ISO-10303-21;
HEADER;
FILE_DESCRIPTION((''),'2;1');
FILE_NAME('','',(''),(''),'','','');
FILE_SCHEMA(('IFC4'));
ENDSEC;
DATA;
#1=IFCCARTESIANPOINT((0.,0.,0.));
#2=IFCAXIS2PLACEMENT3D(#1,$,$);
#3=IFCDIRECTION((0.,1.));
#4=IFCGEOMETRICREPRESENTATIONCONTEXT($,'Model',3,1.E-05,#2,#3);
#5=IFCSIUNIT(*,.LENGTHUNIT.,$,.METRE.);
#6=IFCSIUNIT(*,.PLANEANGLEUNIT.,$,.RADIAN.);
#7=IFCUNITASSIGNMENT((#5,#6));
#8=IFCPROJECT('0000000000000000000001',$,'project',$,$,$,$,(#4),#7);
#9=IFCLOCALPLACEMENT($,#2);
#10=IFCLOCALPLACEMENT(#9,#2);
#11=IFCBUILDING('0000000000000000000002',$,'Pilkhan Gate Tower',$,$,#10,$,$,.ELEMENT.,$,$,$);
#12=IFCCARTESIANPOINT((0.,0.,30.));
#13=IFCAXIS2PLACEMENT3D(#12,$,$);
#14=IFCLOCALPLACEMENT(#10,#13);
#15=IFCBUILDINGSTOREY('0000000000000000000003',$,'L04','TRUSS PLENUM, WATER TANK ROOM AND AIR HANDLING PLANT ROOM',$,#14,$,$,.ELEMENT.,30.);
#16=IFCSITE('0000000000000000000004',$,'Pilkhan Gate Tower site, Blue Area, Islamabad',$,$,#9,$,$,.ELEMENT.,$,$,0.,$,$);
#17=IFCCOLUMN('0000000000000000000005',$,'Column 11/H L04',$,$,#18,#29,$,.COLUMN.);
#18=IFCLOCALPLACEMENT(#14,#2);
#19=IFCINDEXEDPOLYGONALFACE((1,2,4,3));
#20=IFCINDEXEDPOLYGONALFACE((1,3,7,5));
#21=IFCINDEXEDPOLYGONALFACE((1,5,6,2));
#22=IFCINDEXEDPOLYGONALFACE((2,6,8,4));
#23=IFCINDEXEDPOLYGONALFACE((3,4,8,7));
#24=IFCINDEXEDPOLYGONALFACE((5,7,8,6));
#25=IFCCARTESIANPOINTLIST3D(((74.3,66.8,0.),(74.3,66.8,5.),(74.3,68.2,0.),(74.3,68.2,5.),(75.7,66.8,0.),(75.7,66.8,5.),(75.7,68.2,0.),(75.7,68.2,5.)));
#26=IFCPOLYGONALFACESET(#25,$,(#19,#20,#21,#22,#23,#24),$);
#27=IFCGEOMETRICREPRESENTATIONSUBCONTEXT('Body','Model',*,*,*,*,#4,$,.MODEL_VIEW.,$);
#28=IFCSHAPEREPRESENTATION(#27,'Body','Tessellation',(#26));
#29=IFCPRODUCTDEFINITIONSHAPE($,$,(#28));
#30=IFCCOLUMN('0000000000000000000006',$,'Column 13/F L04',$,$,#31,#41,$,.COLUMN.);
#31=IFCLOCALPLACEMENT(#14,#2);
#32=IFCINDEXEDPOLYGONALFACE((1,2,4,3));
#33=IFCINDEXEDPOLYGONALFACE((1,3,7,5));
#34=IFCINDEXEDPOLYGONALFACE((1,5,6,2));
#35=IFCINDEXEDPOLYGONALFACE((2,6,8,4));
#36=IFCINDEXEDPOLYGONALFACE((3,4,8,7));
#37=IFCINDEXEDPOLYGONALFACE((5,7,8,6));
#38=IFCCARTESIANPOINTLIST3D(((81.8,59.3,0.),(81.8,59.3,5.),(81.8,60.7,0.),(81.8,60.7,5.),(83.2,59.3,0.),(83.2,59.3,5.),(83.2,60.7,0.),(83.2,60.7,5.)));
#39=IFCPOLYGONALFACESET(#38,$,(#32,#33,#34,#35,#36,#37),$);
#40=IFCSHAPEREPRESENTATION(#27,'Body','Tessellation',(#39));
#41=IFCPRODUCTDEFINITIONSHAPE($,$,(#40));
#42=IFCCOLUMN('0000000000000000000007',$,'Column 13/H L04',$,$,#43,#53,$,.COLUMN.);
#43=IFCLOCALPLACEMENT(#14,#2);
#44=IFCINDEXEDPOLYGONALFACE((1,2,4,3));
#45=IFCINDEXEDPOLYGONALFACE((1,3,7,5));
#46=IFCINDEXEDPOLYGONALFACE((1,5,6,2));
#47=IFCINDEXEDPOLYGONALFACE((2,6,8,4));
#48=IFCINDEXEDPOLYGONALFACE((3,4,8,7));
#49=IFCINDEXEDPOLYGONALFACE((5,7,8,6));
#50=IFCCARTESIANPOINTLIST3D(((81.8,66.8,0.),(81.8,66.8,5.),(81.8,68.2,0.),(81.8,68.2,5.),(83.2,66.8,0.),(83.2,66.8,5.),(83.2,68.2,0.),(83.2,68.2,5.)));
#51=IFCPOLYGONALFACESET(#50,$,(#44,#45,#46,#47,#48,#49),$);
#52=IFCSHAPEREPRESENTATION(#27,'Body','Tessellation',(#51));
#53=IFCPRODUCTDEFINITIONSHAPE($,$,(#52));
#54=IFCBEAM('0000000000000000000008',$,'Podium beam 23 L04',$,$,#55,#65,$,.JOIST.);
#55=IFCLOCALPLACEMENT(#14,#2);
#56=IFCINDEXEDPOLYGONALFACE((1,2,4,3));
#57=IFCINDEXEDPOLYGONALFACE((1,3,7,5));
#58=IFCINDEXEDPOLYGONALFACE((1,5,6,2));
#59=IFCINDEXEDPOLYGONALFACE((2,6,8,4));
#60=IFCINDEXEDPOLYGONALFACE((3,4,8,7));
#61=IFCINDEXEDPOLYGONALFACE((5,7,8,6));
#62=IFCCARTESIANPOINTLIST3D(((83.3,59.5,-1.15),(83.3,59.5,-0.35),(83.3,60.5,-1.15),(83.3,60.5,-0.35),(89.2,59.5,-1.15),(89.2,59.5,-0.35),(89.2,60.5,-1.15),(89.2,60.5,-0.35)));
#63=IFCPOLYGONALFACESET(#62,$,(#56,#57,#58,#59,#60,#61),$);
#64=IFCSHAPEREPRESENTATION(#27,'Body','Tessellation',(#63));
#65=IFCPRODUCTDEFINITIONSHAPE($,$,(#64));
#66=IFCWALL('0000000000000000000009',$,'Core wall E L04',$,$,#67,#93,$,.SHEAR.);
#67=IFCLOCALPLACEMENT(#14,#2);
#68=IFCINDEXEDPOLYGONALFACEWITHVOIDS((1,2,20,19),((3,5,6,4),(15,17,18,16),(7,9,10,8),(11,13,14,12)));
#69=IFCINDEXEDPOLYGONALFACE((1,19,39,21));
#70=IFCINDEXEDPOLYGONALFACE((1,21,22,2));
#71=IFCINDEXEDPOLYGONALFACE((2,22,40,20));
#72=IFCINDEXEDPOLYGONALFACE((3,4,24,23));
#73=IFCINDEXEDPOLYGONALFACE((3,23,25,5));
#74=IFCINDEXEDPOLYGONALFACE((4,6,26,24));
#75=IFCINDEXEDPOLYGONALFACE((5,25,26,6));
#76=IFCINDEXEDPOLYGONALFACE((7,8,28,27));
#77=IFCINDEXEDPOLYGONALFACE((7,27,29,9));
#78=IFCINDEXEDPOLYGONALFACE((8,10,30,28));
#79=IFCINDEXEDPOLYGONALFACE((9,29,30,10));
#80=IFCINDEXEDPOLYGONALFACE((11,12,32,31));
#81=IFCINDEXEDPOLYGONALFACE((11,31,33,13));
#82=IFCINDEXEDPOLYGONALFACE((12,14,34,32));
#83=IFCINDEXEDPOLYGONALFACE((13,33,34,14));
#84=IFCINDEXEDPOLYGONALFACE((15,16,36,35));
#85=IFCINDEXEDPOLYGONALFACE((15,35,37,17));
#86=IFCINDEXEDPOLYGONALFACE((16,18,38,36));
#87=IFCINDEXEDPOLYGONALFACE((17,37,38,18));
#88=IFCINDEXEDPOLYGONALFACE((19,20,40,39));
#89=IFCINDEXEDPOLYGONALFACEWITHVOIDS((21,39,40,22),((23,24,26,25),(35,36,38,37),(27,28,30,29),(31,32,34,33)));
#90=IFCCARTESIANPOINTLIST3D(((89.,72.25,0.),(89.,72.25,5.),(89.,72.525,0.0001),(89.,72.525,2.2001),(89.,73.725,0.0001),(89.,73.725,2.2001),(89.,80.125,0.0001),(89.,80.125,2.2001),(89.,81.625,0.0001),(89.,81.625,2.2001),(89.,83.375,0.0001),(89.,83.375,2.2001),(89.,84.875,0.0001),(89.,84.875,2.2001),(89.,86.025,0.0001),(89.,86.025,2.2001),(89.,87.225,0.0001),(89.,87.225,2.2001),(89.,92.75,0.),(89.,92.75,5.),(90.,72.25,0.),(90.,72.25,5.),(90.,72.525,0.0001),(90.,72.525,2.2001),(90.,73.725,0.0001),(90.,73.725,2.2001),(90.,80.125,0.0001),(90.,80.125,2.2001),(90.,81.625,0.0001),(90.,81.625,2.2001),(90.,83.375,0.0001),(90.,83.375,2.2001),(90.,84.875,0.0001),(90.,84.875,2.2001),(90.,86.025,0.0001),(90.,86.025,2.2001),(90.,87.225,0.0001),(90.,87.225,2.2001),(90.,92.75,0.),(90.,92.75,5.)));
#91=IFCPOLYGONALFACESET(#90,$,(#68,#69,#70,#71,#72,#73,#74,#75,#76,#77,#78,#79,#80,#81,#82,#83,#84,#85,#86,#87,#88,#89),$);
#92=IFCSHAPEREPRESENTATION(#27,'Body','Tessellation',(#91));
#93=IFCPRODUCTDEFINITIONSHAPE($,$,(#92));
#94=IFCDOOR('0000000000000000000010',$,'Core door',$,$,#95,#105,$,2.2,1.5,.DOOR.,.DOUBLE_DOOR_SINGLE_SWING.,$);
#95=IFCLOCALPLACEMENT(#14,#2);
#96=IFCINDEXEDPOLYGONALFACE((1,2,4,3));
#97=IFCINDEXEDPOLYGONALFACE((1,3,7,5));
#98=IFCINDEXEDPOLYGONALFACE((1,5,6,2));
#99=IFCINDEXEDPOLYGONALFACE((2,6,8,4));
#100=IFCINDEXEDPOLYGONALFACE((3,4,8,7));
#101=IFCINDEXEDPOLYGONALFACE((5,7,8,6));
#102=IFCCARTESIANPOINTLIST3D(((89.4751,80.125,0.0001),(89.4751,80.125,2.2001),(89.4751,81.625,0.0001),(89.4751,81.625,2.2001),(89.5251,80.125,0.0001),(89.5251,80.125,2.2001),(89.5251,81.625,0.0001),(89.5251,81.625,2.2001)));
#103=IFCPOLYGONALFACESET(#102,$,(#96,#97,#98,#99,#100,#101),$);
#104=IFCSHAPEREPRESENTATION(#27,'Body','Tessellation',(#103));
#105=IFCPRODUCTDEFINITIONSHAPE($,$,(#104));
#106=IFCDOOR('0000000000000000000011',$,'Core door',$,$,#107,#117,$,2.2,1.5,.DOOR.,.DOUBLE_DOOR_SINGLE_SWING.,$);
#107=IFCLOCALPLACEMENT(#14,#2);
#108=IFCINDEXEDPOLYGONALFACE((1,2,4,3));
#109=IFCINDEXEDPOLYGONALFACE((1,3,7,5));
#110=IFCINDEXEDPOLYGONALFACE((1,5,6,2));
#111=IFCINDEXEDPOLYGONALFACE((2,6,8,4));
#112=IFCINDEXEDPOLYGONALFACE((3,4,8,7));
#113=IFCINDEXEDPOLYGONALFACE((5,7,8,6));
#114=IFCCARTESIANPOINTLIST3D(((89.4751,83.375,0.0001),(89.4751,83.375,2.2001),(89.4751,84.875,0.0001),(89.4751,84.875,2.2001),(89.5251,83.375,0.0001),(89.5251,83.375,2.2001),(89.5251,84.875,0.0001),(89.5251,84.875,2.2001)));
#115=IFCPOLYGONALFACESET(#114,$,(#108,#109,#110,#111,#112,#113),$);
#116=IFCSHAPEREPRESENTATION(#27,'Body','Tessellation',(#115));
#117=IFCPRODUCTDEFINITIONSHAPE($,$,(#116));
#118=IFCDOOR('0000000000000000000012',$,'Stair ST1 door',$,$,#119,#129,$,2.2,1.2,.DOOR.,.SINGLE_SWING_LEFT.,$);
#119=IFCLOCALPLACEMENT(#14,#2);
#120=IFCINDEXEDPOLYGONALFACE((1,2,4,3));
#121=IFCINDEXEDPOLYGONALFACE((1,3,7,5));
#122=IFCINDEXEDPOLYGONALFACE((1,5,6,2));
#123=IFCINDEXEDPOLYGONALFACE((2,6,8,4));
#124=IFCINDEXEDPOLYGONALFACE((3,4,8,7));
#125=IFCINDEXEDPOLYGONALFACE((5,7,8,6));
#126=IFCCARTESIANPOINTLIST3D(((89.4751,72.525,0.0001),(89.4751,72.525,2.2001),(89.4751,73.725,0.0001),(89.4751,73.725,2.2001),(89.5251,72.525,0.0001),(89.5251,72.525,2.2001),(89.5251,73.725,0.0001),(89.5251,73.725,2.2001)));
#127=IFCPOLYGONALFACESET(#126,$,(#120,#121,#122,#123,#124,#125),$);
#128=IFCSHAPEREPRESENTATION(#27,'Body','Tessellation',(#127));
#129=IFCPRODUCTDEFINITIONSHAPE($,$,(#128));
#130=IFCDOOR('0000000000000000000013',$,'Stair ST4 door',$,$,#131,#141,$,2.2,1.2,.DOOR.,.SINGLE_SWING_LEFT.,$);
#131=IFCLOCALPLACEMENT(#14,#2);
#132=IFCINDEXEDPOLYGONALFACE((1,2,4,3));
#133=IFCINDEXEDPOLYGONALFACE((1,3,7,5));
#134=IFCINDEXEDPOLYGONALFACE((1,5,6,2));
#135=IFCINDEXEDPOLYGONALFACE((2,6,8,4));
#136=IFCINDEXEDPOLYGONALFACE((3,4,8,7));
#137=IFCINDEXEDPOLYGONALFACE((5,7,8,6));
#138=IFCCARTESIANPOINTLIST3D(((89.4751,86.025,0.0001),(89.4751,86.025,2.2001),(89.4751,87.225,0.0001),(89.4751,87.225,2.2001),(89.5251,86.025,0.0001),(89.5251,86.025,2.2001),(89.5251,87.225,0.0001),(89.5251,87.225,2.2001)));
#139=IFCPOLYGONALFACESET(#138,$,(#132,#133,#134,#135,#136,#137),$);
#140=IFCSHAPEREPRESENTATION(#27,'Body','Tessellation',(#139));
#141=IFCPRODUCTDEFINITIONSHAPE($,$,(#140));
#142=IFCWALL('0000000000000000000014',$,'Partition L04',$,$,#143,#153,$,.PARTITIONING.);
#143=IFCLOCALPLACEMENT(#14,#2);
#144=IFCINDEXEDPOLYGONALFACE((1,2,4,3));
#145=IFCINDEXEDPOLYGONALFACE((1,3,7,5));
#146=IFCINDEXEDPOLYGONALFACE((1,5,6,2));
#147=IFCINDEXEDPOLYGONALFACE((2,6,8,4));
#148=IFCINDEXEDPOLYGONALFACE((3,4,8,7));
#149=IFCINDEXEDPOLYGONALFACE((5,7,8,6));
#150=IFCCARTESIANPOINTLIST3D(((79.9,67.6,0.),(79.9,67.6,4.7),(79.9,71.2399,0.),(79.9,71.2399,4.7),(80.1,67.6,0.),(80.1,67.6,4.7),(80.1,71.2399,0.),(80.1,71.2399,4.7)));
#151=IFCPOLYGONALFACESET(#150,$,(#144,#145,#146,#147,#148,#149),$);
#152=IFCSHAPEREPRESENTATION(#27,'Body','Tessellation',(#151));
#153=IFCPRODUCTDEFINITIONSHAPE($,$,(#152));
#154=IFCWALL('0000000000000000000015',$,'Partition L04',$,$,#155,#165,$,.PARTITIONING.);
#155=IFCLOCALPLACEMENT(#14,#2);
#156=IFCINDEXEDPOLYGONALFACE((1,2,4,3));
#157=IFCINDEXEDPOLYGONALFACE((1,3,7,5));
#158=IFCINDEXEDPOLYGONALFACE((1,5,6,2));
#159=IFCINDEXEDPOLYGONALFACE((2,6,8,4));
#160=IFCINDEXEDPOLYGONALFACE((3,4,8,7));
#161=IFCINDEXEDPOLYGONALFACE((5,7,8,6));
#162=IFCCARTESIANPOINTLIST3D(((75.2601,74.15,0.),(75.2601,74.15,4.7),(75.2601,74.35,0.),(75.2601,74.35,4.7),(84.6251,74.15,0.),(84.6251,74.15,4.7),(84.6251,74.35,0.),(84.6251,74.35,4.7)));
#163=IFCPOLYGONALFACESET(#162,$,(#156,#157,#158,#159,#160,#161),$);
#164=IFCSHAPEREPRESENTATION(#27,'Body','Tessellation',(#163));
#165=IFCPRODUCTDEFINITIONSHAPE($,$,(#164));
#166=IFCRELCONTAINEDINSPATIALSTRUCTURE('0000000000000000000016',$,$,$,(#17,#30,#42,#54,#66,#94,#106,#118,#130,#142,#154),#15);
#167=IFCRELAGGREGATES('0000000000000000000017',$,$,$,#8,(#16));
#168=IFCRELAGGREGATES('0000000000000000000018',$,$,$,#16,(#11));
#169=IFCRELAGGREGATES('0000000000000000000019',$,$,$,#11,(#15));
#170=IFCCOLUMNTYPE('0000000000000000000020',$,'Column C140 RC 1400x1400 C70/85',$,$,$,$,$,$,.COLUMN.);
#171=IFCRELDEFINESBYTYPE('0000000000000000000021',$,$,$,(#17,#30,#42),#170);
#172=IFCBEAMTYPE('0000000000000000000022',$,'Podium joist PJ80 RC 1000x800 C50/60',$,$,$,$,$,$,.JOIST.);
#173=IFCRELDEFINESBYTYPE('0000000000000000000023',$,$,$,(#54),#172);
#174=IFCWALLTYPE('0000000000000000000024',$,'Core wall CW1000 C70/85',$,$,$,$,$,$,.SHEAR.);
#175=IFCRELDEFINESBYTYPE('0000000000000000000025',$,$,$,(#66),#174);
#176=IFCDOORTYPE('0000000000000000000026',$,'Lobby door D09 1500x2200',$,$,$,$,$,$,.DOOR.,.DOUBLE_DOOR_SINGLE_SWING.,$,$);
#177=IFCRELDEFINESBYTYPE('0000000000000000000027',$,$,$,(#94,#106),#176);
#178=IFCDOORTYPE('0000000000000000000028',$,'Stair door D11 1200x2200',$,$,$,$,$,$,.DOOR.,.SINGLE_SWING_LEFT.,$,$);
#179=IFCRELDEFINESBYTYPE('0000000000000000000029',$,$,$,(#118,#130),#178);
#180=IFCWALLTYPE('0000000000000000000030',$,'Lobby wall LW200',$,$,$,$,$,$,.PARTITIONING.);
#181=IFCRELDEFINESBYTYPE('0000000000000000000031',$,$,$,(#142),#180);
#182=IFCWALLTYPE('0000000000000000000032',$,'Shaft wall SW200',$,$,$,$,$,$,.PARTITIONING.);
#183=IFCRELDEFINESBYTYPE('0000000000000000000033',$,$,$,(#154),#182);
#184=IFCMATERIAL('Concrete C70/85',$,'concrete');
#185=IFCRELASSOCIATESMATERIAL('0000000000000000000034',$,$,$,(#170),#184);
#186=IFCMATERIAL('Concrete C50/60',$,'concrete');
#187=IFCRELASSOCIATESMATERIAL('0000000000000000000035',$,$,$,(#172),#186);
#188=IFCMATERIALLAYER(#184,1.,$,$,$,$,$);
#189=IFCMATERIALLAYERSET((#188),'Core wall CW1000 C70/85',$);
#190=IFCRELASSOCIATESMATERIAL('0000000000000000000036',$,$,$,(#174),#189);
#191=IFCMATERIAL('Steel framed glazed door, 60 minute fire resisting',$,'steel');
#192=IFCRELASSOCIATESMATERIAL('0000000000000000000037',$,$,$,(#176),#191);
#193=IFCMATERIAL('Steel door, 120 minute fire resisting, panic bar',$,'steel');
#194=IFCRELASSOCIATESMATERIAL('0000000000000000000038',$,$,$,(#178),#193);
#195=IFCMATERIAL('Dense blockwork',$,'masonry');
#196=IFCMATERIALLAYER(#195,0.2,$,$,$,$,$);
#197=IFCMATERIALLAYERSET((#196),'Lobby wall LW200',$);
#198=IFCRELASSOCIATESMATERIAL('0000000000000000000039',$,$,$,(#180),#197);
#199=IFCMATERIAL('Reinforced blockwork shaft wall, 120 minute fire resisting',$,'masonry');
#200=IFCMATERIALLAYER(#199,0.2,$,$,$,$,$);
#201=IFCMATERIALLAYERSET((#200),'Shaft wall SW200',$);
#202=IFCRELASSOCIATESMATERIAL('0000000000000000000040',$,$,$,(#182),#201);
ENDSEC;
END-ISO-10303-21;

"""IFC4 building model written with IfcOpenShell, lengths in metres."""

from ifc_helpers import new_model, si_unit, direction, frame, frame_2d, origin, origin_2d, place, context, subcontext, project, spatial, rectangle, extrude, material, layer, layer_set, material_profile, profile_set, type_object, element, fill, save


model = new_model("IFC4")

# Units and contexts
model_context = context("Model", 3, precision=1e-05, world=origin(), true_north=direction((0.0, 1.0)))
body_context = subcontext(model_context, "Body", "Model", "MODEL_VIEW")
ifc_project = project(units=[si_unit("LENGTHUNIT", "METRE"), si_unit("PLANEANGLEUNIT", "RADIAN")], contexts=[model_context])

# Site, building, storey
site_placement = place(None, origin())
site = spatial("IfcSite", under=ifc_project, at=site_placement, Name="Pilkhan Gate Tower site, Blue Area, Islamabad", CompositionType="ELEMENT", RefElevation=0.0)
building_placement = place(site_placement, origin())
building = spatial("IfcBuilding", under=site, at=building_placement, Name="Pilkhan Gate Tower", CompositionType="ELEMENT")
storey_placement = place(building_placement, frame((0.0, 0.0, 30.0)))
storey = spatial("IfcBuildingStorey", under=building, at=storey_placement, Name="L04", Description="TRUSS PLENUM, WATER TANK ROOM AND AIR HANDLING PLANT ROOM", CompositionType="ELEMENT", Elevation=30.0)

# Columns
ifc_material_1 = material(Name="Concrete C70/85", Category="concrete")
ifc_material_profile_1 = material_profile(ifc_material_1, rectangle(XDim=1.3999, YDim=1.3999, at=origin_2d()), Name="RC 1400x1400")
ifc_profile_set_1 = profile_set([ifc_material_profile_1], Name="Concrete C70/85")
column_type = type_object("IfcColumnType", Name="Column C140 RC 1400x1400 C70/85", PredefinedType="COLUMN", material=ifc_profile_set_1)
for number, where, z_axis, x_axis, name in (
    (1, (75.0, 67.5, 0.0), (0.0, 0.0, 1.0), (1.0, 0.0, 0.0), "Column 11/H L04"),
    (2, (82.5, 60.0, 0.0), (0.0, 0.0, 1.0), (1.0, 0.0, 0.0), "Column 13/F L04"),
    (3, (82.5, 67.5, 0.0), (0.0, 0.0, 1.0), (1.0, 0.0, 0.0), "Column 13/H L04"),
):
    element("IfcColumn", number, at=place(storey_placement, frame(where, z_axis=z_axis, x_axis=x_axis)), inside=storey, type_object=column_type, Name=name, PredefinedType="COLUMN", context=body_context, shape_type="SweptSolid", body=[
        extrude(rectangle(XDim=1.3999, YDim=1.3999, at=origin_2d()), origin(), (0.0, 0.0, 1.0), 5.0),
    ])

# Beam
ifc_material_2 = material(Name="Concrete C50/60", Category="concrete")
ifc_material_profile_2 = material_profile(ifc_material_2, rectangle(XDim=1.0, YDim=0.8, at=origin_2d()), Name="RC 1000x800")
ifc_profile_set_2 = profile_set([ifc_material_profile_2], Name="Concrete C50/60")
beam_type = type_object("IfcBeamType", Name="Podium joist PJ80 RC 1000x800 C50/60", PredefinedType="JOIST", material=ifc_profile_set_2)
beam_placement = place(storey_placement, frame((83.3, 60.0, -0.75), z_axis=(1.0, 0.0, 0.0), x_axis=(0.0, 1.0, 0.0)))
element("IfcBeam", 4, at=beam_placement, inside=storey, type_object=beam_type, Name="Podium beam 23 L04", PredefinedType="JOIST", context=body_context, shape_type="SweptSolid", body=[
    extrude(rectangle(XDim=1.0, YDim=0.8, at=origin_2d()), origin(), (0.0, 0.0, 1.0), 5.8999),
])

# Wall, openings, doors
ifc_layer_1 = layer(ifc_material_1, 1.0)
ifc_layer_set_1 = layer_set([ifc_layer_1], Name="Core wall CW1000 C70/85")
wall_type_1 = type_object("IfcWallType", Name="Core wall CW1000 C70/85", PredefinedType="SHEAR", material=ifc_layer_set_1)
wall_1_placement = place(storey_placement, frame((89.5, 72.25, 0.0), z_axis=(0.0, 0.0, 1.0), x_axis=(0.0, 1.0, 0.0)))
wall_1 = element("IfcWall", 5, at=wall_1_placement, inside=storey, type_object=wall_type_1, Name="Core wall E L04", PredefinedType="SHEAR", context=body_context, shape_type="SweptSolid", body=[
    extrude(rectangle(XDim=20.5, YDim=1.0, at=frame_2d((10.25, 0.0))), origin(), (0.0, 0.0, 1.0), 5.0),
])
opening_1_placement = place(wall_1_placement, frame((0.2749, 0.0, 0.0)))
opening_1 = element("IfcOpeningElement", 6, at=opening_1_placement, cuts=wall_1, PredefinedType="OPENING", context=body_context, shape_type="SweptSolid", body=[
    extrude(rectangle(XDim=1.2, YDim=2.2, at=frame_2d((0.6001, 1.1001))), frame((0.0, 0.51, 0.0), z_axis=(0.0, -1.0, 0.0), x_axis=(1.0, 0.0, 0.0)), (0.0, 0.0, 1.0), 1.02),
])
opening_2_placement = place(wall_1_placement, frame((13.7749, 0.0, 0.0)))
opening_2 = element("IfcOpeningElement", 7, at=opening_2_placement, cuts=wall_1, PredefinedType="OPENING", context=body_context, shape_type="SweptSolid", body=[
    extrude(rectangle(XDim=1.2, YDim=2.2, at=frame_2d((0.6001, 1.1001))), frame((0.0, 0.51, 0.0), z_axis=(0.0, -1.0, 0.0), x_axis=(1.0, 0.0, 0.0)), (0.0, 0.0, 1.0), 1.02),
])
opening_3_placement = place(wall_1_placement, frame((7.875, 0.0, 0.0)))
opening_3 = element("IfcOpeningElement", 8, at=opening_3_placement, cuts=wall_1, PredefinedType="OPENING", context=body_context, shape_type="SweptSolid", body=[
    extrude(rectangle(XDim=1.5, YDim=2.2, at=frame_2d((0.75, 1.1001))), frame((0.0, 0.51, 0.0), z_axis=(0.0, -1.0, 0.0), x_axis=(1.0, 0.0, 0.0)), (0.0, 0.0, 1.0), 1.02),
])
opening_4_placement = place(wall_1_placement, frame((11.125, 0.0, 0.0)))
opening_4 = element("IfcOpeningElement", 9, at=opening_4_placement, cuts=wall_1, PredefinedType="OPENING", context=body_context, shape_type="SweptSolid", body=[
    extrude(rectangle(XDim=1.5, YDim=2.2, at=frame_2d((0.75, 1.1001))), frame((0.0, 0.51, 0.0), z_axis=(0.0, -1.0, 0.0), x_axis=(1.0, 0.0, 0.0)), (0.0, 0.0, 1.0), 1.02),
])
ifc_material_3 = material(Name="Steel framed glazed door, 60 minute fire resisting", Category="steel")
door_type_1 = type_object("IfcDoorType", Name="Lobby door D09 1500x2200", OperationType="DOUBLE_DOOR_SINGLE_SWING", PredefinedType="DOOR", material=ifc_material_3)
door_1_placement = place(opening_3_placement, origin())
door_1 = element("IfcDoor", 10, at=door_1_placement, inside=storey, type_object=door_type_1, Name="Core door", OperationType="DOUBLE_DOOR_SINGLE_SWING", OverallHeight=2.2, OverallWidth=1.5, PredefinedType="DOOR", context=body_context, shape_type="SweptSolid", body=[
    extrude(rectangle(XDim=1.5, YDim=2.2, at=frame_2d((0.75, 1.1001))), frame((0.0, 0.0249, 0.0), z_axis=(0.0, -1.0, 0.0), x_axis=(1.0, 0.0, 0.0)), (0.0, 0.0, 1.0), 0.05),
])
fill(opening_3, door_1)
door_2_placement = place(opening_4_placement, origin())
door_2 = element("IfcDoor", 11, at=door_2_placement, inside=storey, type_object=door_type_1, Name="Core door", OperationType="DOUBLE_DOOR_SINGLE_SWING", OverallHeight=2.2, OverallWidth=1.5, PredefinedType="DOOR", context=body_context, shape_type="SweptSolid", body=[
    extrude(rectangle(XDim=1.5, YDim=2.2, at=frame_2d((0.75, 1.1001))), frame((0.0, 0.0249, 0.0), z_axis=(0.0, -1.0, 0.0), x_axis=(1.0, 0.0, 0.0)), (0.0, 0.0, 1.0), 0.05),
])
fill(opening_4, door_2)
ifc_material_4 = material(Name="Steel door, 120 minute fire resisting, panic bar", Category="steel")
door_type_2 = type_object("IfcDoorType", Name="Stair door D11 1200x2200", OperationType="SINGLE_SWING_LEFT", PredefinedType="DOOR", material=ifc_material_4)
door_3_placement = place(opening_1_placement, origin())
door_3 = element("IfcDoor", 12, at=door_3_placement, inside=storey, type_object=door_type_2, Name="Stair ST1 door", OperationType="SINGLE_SWING_LEFT", OverallHeight=2.2, OverallWidth=1.2, PredefinedType="DOOR", context=body_context, shape_type="SweptSolid", body=[
    extrude(rectangle(XDim=1.2, YDim=2.2, at=frame_2d((0.6001, 1.1001))), frame((0.0, 0.0249, 0.0), z_axis=(0.0, -1.0, 0.0), x_axis=(1.0, 0.0, 0.0)), (0.0, 0.0, 1.0), 0.05),
])
fill(opening_1, door_3)
door_4_placement = place(opening_2_placement, origin())
door_4 = element("IfcDoor", 13, at=door_4_placement, inside=storey, type_object=door_type_2, Name="Stair ST4 door", OperationType="SINGLE_SWING_LEFT", OverallHeight=2.2, OverallWidth=1.2, PredefinedType="DOOR", context=body_context, shape_type="SweptSolid", body=[
    extrude(rectangle(XDim=1.2, YDim=2.2, at=frame_2d((0.6001, 1.1001))), frame((0.0, 0.0249, 0.0), z_axis=(0.0, -1.0, 0.0), x_axis=(1.0, 0.0, 0.0)), (0.0, 0.0, 1.0), 0.05),
])
fill(opening_2, door_4)

# Walls
ifc_material_5 = material(Name="Dense blockwork", Category="masonry")
ifc_layer_2 = layer(ifc_material_5, 0.2)
ifc_layer_set_2 = layer_set([ifc_layer_2], Name="Lobby wall LW200")
wall_type_2 = type_object("IfcWallType", Name="Lobby wall LW200", PredefinedType="PARTITIONING", material=ifc_layer_set_2)
wall_2_placement = place(storey_placement, frame((80.0, 67.6001, 0.0), z_axis=(0.0, 0.0, 1.0), x_axis=(0.0, 1.0, 0.0)))
element("IfcWall", 14, at=wall_2_placement, inside=storey, type_object=wall_type_2, Name="Partition L04", PredefinedType="PARTITIONING", context=body_context, shape_type="SweptSolid", body=[
    extrude(rectangle(XDim=3.6399, YDim=0.2, at=frame_2d((1.8198, 0.0))), origin(), (0.0, 0.0, 1.0), 4.7),
])
ifc_material_6 = material(Name="Reinforced blockwork shaft wall, 120 minute fire resisting", Category="masonry")
ifc_layer_3 = layer(ifc_material_6, 0.2)
ifc_layer_set_3 = layer_set([ifc_layer_3], Name="Shaft wall SW200")
wall_type_3 = type_object("IfcWallType", Name="Shaft wall SW200", PredefinedType="PARTITIONING", material=ifc_layer_set_3)
wall_3_placement = place(storey_placement, frame((75.26, 74.25, 0.0), z_axis=(0.0, 0.0, 1.0), x_axis=(1.0, 0.0, 0.0)))
element("IfcWall", 15, at=wall_3_placement, inside=storey, type_object=wall_type_3, Name="Partition L04", PredefinedType="PARTITIONING", context=body_context, shape_type="SweptSolid", body=[
    extrude(rectangle(XDim=9.365, YDim=0.2, at=frame_2d((4.6826, 0.0))), origin(), (0.0, 0.0, 1.0), 4.7),
])

save(model, "model.ifc")
